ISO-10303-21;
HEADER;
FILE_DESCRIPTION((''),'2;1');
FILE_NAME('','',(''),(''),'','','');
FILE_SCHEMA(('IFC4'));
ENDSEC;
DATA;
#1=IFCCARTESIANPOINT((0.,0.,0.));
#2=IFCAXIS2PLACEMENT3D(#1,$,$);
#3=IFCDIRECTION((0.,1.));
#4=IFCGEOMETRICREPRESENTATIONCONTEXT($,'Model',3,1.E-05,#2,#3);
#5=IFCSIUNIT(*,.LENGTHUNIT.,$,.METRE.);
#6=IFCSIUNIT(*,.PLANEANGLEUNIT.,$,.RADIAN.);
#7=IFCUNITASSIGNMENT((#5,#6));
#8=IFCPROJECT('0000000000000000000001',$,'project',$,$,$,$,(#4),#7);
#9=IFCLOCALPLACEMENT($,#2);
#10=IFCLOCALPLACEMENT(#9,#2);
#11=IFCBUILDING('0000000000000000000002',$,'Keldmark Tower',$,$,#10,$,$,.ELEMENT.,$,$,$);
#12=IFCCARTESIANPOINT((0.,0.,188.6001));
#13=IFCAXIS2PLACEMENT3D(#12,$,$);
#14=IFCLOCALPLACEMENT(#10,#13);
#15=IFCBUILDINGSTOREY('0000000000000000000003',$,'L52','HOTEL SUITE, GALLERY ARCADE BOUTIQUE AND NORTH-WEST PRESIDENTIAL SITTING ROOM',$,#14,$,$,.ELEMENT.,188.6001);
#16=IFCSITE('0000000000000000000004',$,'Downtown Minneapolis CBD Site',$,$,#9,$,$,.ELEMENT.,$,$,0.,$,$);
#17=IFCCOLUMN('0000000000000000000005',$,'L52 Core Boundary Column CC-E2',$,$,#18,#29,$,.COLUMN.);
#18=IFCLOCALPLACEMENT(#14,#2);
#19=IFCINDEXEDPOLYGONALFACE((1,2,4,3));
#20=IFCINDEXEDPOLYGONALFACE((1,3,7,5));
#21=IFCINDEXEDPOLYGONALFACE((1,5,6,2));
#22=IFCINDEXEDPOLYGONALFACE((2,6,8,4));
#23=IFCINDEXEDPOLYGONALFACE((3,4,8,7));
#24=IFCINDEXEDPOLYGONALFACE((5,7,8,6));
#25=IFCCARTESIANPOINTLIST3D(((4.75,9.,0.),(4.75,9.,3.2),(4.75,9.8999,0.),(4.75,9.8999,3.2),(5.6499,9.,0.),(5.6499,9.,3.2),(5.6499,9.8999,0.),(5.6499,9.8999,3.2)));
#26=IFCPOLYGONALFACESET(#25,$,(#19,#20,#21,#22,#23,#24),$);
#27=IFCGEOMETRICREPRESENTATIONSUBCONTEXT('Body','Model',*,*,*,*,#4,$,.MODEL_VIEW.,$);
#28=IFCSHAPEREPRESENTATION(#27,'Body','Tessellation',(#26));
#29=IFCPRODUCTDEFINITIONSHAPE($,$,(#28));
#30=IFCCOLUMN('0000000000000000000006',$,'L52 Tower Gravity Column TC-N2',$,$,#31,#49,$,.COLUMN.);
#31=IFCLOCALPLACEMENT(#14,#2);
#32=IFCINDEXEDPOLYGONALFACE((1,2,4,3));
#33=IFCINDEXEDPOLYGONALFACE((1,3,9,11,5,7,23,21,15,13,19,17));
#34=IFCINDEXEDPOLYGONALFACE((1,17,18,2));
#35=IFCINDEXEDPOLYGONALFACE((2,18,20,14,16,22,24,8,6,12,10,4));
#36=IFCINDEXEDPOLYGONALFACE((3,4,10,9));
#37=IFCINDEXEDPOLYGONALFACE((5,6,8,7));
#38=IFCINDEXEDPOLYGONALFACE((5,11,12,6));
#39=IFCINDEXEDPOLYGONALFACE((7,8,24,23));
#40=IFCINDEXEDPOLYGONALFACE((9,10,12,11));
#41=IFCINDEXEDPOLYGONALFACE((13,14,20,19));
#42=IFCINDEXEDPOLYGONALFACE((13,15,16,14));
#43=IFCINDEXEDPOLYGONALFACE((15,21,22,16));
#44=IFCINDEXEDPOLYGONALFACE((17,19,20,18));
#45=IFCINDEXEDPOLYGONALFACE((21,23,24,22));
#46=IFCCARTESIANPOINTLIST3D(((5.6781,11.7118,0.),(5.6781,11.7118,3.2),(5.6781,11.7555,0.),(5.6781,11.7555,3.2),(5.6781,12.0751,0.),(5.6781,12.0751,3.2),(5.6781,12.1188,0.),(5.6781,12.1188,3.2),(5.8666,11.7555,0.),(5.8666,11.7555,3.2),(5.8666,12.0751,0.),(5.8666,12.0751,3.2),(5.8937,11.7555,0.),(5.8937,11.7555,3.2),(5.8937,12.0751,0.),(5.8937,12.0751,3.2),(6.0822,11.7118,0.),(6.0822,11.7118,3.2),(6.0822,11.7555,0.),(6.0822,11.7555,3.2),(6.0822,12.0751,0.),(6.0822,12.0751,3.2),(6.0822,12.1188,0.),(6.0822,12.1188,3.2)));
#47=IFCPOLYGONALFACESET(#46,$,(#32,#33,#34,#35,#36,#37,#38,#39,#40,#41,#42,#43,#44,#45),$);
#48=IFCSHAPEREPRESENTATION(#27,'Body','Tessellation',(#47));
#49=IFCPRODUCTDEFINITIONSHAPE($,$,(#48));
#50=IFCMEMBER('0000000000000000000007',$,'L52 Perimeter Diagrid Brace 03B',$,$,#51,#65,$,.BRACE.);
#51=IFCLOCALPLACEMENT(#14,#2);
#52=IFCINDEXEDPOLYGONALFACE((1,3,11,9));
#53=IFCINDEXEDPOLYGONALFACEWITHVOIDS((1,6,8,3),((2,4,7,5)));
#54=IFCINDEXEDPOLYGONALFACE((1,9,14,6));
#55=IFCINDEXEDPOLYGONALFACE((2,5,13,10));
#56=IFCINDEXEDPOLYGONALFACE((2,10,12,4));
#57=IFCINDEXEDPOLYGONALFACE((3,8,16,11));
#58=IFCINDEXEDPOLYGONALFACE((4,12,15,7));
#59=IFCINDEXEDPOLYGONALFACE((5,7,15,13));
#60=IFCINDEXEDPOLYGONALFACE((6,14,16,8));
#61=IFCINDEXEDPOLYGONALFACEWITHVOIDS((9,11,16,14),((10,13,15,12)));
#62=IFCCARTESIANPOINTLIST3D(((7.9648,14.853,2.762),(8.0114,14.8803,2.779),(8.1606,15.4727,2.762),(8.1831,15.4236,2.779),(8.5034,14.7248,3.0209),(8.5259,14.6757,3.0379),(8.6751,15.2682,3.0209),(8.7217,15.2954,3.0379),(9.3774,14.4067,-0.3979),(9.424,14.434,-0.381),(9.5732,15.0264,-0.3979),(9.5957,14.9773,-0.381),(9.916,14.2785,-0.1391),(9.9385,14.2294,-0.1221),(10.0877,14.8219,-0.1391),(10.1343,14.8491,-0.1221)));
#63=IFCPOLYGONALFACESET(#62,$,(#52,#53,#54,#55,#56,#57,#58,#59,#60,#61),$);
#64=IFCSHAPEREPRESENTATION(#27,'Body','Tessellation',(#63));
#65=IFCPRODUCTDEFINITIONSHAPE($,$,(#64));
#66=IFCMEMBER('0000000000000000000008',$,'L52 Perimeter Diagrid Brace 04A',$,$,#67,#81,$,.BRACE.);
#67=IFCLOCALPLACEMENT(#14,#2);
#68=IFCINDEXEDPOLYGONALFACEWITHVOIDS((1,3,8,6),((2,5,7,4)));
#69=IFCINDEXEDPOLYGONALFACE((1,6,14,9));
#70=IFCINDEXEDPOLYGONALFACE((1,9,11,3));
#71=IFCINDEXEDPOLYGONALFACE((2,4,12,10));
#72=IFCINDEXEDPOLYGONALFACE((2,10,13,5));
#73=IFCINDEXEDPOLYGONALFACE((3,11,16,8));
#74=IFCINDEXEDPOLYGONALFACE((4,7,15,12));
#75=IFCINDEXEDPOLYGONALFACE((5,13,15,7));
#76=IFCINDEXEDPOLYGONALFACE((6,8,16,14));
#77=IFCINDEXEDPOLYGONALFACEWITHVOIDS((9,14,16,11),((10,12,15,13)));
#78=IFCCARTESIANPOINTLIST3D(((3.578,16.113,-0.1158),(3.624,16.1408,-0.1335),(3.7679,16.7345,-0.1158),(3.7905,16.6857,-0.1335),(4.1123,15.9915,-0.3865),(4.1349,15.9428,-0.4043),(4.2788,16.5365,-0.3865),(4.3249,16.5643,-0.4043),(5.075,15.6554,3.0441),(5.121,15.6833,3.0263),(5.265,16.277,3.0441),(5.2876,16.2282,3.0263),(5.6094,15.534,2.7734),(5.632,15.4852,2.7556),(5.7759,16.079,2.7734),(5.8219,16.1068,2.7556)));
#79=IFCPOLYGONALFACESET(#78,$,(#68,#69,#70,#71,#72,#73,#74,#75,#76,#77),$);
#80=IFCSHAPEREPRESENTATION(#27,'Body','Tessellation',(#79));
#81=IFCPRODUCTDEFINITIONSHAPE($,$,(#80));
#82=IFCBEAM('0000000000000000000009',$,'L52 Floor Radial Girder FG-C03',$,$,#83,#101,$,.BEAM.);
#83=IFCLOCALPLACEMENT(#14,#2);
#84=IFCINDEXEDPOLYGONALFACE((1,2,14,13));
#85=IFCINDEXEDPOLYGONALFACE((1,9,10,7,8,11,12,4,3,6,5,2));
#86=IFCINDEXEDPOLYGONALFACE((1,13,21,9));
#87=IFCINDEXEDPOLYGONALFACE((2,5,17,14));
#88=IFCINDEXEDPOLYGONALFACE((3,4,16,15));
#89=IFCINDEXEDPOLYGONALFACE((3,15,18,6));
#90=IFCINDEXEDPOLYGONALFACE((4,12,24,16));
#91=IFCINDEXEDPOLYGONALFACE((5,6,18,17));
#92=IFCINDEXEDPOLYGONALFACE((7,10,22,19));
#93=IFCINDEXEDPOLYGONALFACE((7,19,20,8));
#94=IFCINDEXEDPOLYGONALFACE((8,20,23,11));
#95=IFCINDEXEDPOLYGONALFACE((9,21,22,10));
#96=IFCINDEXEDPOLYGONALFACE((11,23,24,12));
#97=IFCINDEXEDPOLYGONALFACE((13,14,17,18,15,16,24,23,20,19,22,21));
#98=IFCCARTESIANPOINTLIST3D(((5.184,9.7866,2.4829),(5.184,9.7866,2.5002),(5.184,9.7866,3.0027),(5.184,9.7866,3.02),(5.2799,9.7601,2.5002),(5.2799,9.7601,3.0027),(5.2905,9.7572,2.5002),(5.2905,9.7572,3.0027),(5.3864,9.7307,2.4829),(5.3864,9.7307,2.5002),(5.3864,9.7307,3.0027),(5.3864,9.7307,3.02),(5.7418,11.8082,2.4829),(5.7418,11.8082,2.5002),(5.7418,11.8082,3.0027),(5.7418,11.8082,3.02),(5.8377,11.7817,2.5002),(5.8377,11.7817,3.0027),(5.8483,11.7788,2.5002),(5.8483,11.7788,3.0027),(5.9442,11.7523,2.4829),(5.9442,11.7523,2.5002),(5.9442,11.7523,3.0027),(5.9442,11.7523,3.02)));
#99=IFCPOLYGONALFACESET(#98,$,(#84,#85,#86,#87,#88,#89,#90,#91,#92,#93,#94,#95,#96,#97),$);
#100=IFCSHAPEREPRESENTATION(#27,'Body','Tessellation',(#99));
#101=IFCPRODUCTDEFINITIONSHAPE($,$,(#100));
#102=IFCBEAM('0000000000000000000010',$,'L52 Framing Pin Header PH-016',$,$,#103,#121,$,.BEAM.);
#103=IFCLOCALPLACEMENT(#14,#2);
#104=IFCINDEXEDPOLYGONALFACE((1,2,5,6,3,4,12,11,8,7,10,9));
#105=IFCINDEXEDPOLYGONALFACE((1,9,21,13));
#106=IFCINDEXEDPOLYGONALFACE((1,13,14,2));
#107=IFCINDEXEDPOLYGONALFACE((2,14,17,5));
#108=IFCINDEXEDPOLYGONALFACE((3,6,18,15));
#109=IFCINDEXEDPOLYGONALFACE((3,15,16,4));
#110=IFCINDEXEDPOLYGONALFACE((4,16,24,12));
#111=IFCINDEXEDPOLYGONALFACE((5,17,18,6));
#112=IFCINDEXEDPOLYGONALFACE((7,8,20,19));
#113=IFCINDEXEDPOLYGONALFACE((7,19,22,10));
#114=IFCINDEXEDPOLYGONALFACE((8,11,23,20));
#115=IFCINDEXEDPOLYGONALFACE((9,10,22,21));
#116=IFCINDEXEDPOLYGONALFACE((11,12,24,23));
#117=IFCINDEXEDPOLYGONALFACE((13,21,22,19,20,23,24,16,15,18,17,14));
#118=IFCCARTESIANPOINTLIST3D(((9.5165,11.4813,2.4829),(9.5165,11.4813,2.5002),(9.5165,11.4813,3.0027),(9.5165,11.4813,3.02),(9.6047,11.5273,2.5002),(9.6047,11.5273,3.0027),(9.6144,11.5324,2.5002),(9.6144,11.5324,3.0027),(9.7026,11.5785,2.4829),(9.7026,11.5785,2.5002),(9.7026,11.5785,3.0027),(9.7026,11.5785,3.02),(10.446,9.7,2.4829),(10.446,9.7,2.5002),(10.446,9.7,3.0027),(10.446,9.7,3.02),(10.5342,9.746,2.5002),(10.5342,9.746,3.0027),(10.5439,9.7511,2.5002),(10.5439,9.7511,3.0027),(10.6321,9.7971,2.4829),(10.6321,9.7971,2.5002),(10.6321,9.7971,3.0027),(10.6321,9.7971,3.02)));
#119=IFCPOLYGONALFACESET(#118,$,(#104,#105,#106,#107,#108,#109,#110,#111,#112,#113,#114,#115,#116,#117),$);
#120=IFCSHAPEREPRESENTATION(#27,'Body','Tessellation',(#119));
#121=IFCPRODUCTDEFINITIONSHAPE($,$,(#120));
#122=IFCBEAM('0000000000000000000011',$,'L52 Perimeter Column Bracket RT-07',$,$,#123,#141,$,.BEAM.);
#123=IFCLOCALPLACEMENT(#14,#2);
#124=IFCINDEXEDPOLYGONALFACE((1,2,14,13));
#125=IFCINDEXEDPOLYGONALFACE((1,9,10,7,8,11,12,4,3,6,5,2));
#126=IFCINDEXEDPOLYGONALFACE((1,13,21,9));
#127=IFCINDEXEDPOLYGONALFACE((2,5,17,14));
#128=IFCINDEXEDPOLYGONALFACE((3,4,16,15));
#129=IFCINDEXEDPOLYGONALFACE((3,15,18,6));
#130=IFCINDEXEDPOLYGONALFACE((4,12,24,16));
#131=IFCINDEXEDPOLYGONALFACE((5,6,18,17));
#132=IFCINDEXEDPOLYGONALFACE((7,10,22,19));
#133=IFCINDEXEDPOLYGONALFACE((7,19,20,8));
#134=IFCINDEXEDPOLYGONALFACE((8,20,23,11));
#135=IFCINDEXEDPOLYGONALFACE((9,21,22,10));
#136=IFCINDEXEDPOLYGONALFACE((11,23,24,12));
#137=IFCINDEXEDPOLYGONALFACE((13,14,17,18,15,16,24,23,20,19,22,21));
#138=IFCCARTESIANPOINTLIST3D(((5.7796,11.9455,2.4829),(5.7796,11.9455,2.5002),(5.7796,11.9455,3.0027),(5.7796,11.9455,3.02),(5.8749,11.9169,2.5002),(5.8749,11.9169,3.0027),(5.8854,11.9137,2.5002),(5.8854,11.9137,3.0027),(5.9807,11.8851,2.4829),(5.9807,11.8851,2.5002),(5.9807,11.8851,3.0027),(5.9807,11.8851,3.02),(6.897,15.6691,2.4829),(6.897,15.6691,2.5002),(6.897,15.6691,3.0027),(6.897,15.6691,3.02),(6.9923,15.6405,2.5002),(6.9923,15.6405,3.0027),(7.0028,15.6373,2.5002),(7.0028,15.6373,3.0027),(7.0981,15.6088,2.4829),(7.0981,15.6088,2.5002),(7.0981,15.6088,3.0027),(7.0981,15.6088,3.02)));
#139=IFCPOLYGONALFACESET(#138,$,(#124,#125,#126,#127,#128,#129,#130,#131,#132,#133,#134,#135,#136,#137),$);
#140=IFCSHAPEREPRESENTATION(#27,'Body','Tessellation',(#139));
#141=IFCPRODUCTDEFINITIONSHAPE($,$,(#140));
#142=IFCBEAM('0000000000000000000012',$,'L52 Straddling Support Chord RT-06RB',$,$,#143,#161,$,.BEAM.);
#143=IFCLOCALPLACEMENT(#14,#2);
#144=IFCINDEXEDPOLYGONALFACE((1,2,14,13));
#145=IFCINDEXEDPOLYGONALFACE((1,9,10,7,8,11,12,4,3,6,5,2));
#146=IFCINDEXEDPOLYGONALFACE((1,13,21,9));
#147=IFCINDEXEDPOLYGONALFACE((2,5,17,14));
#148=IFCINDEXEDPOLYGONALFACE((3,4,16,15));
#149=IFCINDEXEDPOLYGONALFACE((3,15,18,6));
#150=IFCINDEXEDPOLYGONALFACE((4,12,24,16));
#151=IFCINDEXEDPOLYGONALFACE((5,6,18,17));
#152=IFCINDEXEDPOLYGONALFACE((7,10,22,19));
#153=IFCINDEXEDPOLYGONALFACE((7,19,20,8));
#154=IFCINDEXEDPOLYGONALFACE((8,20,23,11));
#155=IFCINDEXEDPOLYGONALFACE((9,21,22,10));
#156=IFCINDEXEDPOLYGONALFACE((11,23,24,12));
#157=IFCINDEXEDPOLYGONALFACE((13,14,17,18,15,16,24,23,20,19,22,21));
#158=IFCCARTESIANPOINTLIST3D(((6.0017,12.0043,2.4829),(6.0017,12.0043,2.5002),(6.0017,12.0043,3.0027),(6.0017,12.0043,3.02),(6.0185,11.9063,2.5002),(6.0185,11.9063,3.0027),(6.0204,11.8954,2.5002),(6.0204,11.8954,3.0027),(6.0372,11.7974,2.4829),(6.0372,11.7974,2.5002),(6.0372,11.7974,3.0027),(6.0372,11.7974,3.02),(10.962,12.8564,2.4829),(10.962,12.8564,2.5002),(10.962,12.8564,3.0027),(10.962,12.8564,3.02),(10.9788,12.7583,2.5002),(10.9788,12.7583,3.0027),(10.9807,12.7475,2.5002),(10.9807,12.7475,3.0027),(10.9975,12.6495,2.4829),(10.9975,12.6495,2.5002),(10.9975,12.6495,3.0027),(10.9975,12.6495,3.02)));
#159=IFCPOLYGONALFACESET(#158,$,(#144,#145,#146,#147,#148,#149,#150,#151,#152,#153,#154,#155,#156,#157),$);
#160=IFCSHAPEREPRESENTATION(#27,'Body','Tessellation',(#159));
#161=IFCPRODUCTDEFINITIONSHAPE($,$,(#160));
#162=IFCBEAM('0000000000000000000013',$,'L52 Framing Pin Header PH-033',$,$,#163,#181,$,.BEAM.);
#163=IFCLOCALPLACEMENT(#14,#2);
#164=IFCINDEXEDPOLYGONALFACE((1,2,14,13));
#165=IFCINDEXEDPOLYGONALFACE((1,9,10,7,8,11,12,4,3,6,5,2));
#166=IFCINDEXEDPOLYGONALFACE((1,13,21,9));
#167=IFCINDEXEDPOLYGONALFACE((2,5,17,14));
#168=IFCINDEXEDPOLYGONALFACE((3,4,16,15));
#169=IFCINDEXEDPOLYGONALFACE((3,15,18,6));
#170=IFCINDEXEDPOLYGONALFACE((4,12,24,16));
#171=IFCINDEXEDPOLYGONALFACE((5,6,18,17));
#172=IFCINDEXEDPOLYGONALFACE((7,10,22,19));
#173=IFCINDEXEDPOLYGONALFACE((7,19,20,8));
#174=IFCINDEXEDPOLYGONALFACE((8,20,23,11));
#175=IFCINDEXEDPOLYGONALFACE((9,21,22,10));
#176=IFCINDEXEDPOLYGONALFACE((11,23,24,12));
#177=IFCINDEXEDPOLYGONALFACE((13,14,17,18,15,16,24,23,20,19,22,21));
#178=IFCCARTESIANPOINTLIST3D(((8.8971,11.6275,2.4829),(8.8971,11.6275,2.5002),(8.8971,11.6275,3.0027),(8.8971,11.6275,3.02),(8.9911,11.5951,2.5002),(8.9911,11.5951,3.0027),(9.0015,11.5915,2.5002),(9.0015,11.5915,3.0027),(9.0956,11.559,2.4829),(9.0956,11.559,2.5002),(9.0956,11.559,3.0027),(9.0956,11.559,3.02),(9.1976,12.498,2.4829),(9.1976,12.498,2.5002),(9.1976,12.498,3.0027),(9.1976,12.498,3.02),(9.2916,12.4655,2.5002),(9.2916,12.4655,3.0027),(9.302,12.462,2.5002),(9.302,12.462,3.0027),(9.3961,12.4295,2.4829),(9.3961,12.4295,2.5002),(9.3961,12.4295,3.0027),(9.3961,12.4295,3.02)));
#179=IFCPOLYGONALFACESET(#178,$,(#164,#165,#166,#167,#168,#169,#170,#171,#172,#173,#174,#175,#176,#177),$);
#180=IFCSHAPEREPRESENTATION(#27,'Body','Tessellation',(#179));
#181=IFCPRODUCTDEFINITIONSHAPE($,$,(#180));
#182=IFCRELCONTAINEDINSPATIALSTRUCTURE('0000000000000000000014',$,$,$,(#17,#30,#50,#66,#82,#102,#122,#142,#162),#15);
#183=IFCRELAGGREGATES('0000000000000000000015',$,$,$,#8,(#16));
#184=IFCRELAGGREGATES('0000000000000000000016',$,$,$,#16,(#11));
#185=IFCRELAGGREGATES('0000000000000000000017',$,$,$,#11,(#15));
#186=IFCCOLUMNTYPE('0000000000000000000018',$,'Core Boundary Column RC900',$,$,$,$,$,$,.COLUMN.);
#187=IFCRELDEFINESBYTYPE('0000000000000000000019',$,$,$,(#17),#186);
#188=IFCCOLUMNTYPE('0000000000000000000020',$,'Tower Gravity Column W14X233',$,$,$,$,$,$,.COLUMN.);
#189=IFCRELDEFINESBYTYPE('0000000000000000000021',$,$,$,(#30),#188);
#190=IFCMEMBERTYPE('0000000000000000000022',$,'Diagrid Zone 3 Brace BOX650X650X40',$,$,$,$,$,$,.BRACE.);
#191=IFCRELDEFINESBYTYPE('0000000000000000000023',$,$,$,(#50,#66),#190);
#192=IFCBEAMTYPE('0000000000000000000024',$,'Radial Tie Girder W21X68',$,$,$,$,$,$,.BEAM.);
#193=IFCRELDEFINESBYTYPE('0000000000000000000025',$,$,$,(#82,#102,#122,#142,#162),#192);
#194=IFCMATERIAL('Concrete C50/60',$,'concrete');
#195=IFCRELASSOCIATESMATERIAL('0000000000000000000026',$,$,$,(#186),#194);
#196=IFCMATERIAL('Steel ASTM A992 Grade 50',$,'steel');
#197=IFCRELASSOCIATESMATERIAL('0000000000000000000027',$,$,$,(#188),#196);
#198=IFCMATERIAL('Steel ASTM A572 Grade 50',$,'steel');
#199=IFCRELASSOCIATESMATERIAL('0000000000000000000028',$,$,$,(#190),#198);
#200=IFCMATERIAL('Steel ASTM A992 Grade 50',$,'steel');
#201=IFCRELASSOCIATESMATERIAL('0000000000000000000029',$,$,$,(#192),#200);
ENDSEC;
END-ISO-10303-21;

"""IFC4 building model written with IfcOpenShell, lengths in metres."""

from ifc_helpers import new_model, si_unit, direction, frame, origin, origin_2d, place, context, subcontext, project, spatial, rectangle, hollow_rectangle, i_section, extrude, material, material_profile, profile_set, type_object, element, save


model = new_model("IFC4")

# Units and contexts
model_context = context("Model", 3, precision=1e-05, world=origin(), true_north=direction((0.0, 1.0)))
body_context = subcontext(model_context, "Body", "Model", "MODEL_VIEW")
ifc_project = project(units=[si_unit("LENGTHUNIT", "METRE"), si_unit("PLANEANGLEUNIT", "RADIAN")], contexts=[model_context])

# Site, building, storey
site_placement = place(None, origin())
site = spatial("IfcSite", under=ifc_project, at=site_placement, Name="Downtown Minneapolis CBD Site", CompositionType="ELEMENT", RefElevation=0.0)
building_placement = place(site_placement, origin())
building = spatial("IfcBuilding", under=site, at=building_placement, Name="Keldmark Tower", CompositionType="ELEMENT")
storey_placement = place(building_placement, frame((0.0, 0.0, 188.6001)))
storey = spatial("IfcBuildingStorey", under=building, at=storey_placement, Name="L52", Description="HOTEL SUITE, GALLERY ARCADE BOUTIQUE AND NORTH-WEST PRESIDENTIAL SITTING ROOM", CompositionType="ELEMENT", Elevation=188.6001)

# Columns
ifc_material_1 = material(Name="Concrete C50/60", Category="concrete")
ifc_material_profile_1 = material_profile(ifc_material_1, rectangle(XDim=0.8999, YDim=0.8999, at=origin_2d()), Name="RC900X900")
ifc_profile_set_1 = profile_set([ifc_material_profile_1], Name="Concrete C50/60")
column_type_1 = type_object("IfcColumnType", Name="Core Boundary Column RC900", PredefinedType="COLUMN", material=ifc_profile_set_1)
column_1_placement = place(storey_placement, frame((5.2, 9.45, 0.0), z_axis=(0.0, 0.0, 1.0), x_axis=(1.0, 0.0, 0.0)))
element("IfcColumn", 1, at=column_1_placement, inside=storey, type_object=column_type_1, Name="L52 Core Boundary Column CC-E2", PredefinedType="COLUMN", context=body_context, shape_type="SweptSolid", body=[
    extrude(rectangle(XDim=0.8999, YDim=0.8999, at=origin_2d()), origin(), (0.0, 0.0, 1.0), 3.2),
])
ifc_material_2 = material(Name="Steel ASTM A992 Grade 50", Category="steel")
ifc_material_profile_2 = material_profile(ifc_material_2, i_section(OverallWidth=0.4041, OverallDepth=0.407, WebThickness=0.0271, FlangeThickness=0.0437, at=origin_2d()), Name="W14X233")
ifc_profile_set_2 = profile_set([ifc_material_profile_2], Name="Steel ASTM A992 Grade 50")
column_type_2 = type_object("IfcColumnType", Name="Tower Gravity Column W14X233", PredefinedType="COLUMN", material=ifc_profile_set_2)
column_2_placement = place(storey_placement, frame((5.8801, 11.9153, 0.0), z_axis=(0.0, 0.0, 1.0), x_axis=(1.0, 0.0, 0.0)))
element("IfcColumn", 2, at=column_2_placement, inside=storey, type_object=column_type_2, Name="L52 Tower Gravity Column TC-N2", PredefinedType="COLUMN", context=body_context, shape_type="SweptSolid", body=[
    extrude(i_section(OverallWidth=0.4041, OverallDepth=0.407, WebThickness=0.0271, FlangeThickness=0.0437, at=origin_2d()), origin(), (0.0, 0.0, 1.0), 3.2),
])

# Members
ifc_material_3 = material(Name="Steel ASTM A572 Grade 50", Category="steel")
ifc_material_profile_3 = material_profile(ifc_material_3, hollow_rectangle(XDim=0.6499, YDim=0.6499, WallThickness=0.04, at=origin_2d()), Name="BOX650X650X40")
ifc_profile_set_3 = profile_set([ifc_material_profile_3], Name="Steel ASTM A572 Grade 50")
member_type = type_object("IfcMemberType", Name="Diagrid Zone 3 Brace BOX650X650X40", PredefinedType="BRACE", material=ifc_profile_set_3)
member_1_placement = place(storey_placement, frame((9.7559, 14.6279, -0.26), z_axis=(-0.404763, 0.127879, 0.905436), x_axis=(-0.301258, -0.953543, 0.0)))
element("IfcMember", 3, at=member_1_placement, inside=storey, type_object=member_type, Name="L52 Perimeter Diagrid Brace 03B", PredefinedType="BRACE", context=body_context, shape_type="SweptSolid", body=[
    extrude(hollow_rectangle(XDim=0.6499, YDim=0.6499, WallThickness=0.04, at=origin_2d()), origin(), (0.0, 0.0, 1.0), 3.49),
])
member_2_placement = place(storey_placement, frame((3.9514, 16.3386, -0.26), z_axis=(0.424531, -0.129741, 0.89607), x_axis=(0.292266, 0.956337, 0.0)))
element("IfcMember", 4, at=member_2_placement, inside=storey, type_object=member_type, Name="L52 Perimeter Diagrid Brace 04A", PredefinedType="BRACE", context=body_context, shape_type="SweptSolid", body=[
    extrude(hollow_rectangle(XDim=0.6499, YDim=0.6499, WallThickness=0.04, at=origin_2d()), origin(), (0.0, 0.0, 1.0), 3.5264),
])

# Beams
ifc_material_4 = material(Name="Steel ASTM A992 Grade 50", Category="steel")
ifc_material_profile_4 = material_profile(ifc_material_4, i_section(OverallWidth=0.21, OverallDepth=0.5371, WebThickness=0.011, FlangeThickness=0.0173, at=origin_2d()), Name="W21X68")
ifc_profile_set_4 = profile_set([ifc_material_profile_4], Name="Steel ASTM A992 Grade 50")
beam_type_1 = type_object("IfcBeamType", Name="Radial Tie Girder W21X68", PredefinedType="BEAM", material=ifc_profile_set_4)
beam_1_placement = place(storey_placement, frame((5.843, 11.7803, 2.7515), z_axis=(-0.265992, -0.963975, 0.0), x_axis=(0.963975, -0.265992, 0.0)))
element("IfcBeam", 5, at=beam_1_placement, inside=storey, type_object=beam_type_1, Name="L52 Floor Radial Girder FG-C03", PredefinedType="BEAM", context=body_context, shape_type="SweptSolid", body=[
    extrude(i_section(OverallWidth=0.21, OverallDepth=0.5371, WebThickness=0.011, FlangeThickness=0.0173, at=origin_2d()), origin(), (0.0, 0.0, 1.0), 2.0972),
])
beam_2_placement = place(storey_placement, frame((10.5391, 9.7485, 2.7515), z_axis=(-0.462603, 0.886565, 0.0), x_axis=(-0.886565, -0.462603, 0.0)))
element("IfcBeam", 6, at=beam_2_placement, inside=storey, type_object=beam_type_1, Name="L52 Framing Pin Header PH-016", PredefinedType="BEAM", context=body_context, shape_type="SweptSolid", body=[
    extrude(i_section(OverallWidth=0.21, OverallDepth=0.5371, WebThickness=0.011, FlangeThickness=0.0173, at=origin_2d()), origin(), (0.0, 0.0, 1.0), 2.0093),
])
beam_3_placement = place(storey_placement, frame((5.8801, 11.9153, 2.7515), z_axis=(0.287429, 0.957802, 0.0), x_axis=(-0.957802, 0.287429, 0.0)))
element("IfcBeam", 7, at=beam_3_placement, inside=storey, type_object=beam_type_1, Name="L52 Perimeter Column Bracket RT-07", PredefinedType="BEAM", context=body_context, shape_type="SweptSolid", body=[
    extrude(i_section(OverallWidth=0.21, OverallDepth=0.5371, WebThickness=0.011, FlangeThickness=0.0173, at=origin_2d()), origin(), (0.0, 0.0, 1.0), 3.8877),
])
beam_4_placement = place(storey_placement, frame((10.9797, 12.7529, 2.7515), z_axis=(-0.985565, -0.169298, 0.0), x_axis=(0.169298, -0.985565, 0.0)))
element("IfcBeam", 8, at=beam_4_placement, inside=storey, type_object=beam_type_1, Name="L52 Straddling Support Chord RT-06RB", PredefinedType="BEAM", context=body_context, shape_type="SweptSolid", body=[
    extrude(i_section(OverallWidth=0.21, OverallDepth=0.5371, WebThickness=0.011, FlangeThickness=0.0173, at=origin_2d()), origin(), (0.0, 0.0, 1.0), 5.033),
])
beam_5_placement = place(storey_placement, frame((8.9963, 11.5933, 2.7515), z_axis=(0.326309, 0.945263, 0.0), x_axis=(-0.945263, 0.326309, 0.0)))
element("IfcBeam", 9, at=beam_5_placement, inside=storey, type_object=beam_type_1, Name="L52 Framing Pin Header PH-033", PredefinedType="BEAM", context=body_context, shape_type="SweptSolid", body=[
    extrude(i_section(OverallWidth=0.21, OverallDepth=0.5371, WebThickness=0.011, FlangeThickness=0.0173, at=origin_2d()), origin(), (0.0, 0.0, 1.0), 0.9209),
])

save(model, "model.ifc")
